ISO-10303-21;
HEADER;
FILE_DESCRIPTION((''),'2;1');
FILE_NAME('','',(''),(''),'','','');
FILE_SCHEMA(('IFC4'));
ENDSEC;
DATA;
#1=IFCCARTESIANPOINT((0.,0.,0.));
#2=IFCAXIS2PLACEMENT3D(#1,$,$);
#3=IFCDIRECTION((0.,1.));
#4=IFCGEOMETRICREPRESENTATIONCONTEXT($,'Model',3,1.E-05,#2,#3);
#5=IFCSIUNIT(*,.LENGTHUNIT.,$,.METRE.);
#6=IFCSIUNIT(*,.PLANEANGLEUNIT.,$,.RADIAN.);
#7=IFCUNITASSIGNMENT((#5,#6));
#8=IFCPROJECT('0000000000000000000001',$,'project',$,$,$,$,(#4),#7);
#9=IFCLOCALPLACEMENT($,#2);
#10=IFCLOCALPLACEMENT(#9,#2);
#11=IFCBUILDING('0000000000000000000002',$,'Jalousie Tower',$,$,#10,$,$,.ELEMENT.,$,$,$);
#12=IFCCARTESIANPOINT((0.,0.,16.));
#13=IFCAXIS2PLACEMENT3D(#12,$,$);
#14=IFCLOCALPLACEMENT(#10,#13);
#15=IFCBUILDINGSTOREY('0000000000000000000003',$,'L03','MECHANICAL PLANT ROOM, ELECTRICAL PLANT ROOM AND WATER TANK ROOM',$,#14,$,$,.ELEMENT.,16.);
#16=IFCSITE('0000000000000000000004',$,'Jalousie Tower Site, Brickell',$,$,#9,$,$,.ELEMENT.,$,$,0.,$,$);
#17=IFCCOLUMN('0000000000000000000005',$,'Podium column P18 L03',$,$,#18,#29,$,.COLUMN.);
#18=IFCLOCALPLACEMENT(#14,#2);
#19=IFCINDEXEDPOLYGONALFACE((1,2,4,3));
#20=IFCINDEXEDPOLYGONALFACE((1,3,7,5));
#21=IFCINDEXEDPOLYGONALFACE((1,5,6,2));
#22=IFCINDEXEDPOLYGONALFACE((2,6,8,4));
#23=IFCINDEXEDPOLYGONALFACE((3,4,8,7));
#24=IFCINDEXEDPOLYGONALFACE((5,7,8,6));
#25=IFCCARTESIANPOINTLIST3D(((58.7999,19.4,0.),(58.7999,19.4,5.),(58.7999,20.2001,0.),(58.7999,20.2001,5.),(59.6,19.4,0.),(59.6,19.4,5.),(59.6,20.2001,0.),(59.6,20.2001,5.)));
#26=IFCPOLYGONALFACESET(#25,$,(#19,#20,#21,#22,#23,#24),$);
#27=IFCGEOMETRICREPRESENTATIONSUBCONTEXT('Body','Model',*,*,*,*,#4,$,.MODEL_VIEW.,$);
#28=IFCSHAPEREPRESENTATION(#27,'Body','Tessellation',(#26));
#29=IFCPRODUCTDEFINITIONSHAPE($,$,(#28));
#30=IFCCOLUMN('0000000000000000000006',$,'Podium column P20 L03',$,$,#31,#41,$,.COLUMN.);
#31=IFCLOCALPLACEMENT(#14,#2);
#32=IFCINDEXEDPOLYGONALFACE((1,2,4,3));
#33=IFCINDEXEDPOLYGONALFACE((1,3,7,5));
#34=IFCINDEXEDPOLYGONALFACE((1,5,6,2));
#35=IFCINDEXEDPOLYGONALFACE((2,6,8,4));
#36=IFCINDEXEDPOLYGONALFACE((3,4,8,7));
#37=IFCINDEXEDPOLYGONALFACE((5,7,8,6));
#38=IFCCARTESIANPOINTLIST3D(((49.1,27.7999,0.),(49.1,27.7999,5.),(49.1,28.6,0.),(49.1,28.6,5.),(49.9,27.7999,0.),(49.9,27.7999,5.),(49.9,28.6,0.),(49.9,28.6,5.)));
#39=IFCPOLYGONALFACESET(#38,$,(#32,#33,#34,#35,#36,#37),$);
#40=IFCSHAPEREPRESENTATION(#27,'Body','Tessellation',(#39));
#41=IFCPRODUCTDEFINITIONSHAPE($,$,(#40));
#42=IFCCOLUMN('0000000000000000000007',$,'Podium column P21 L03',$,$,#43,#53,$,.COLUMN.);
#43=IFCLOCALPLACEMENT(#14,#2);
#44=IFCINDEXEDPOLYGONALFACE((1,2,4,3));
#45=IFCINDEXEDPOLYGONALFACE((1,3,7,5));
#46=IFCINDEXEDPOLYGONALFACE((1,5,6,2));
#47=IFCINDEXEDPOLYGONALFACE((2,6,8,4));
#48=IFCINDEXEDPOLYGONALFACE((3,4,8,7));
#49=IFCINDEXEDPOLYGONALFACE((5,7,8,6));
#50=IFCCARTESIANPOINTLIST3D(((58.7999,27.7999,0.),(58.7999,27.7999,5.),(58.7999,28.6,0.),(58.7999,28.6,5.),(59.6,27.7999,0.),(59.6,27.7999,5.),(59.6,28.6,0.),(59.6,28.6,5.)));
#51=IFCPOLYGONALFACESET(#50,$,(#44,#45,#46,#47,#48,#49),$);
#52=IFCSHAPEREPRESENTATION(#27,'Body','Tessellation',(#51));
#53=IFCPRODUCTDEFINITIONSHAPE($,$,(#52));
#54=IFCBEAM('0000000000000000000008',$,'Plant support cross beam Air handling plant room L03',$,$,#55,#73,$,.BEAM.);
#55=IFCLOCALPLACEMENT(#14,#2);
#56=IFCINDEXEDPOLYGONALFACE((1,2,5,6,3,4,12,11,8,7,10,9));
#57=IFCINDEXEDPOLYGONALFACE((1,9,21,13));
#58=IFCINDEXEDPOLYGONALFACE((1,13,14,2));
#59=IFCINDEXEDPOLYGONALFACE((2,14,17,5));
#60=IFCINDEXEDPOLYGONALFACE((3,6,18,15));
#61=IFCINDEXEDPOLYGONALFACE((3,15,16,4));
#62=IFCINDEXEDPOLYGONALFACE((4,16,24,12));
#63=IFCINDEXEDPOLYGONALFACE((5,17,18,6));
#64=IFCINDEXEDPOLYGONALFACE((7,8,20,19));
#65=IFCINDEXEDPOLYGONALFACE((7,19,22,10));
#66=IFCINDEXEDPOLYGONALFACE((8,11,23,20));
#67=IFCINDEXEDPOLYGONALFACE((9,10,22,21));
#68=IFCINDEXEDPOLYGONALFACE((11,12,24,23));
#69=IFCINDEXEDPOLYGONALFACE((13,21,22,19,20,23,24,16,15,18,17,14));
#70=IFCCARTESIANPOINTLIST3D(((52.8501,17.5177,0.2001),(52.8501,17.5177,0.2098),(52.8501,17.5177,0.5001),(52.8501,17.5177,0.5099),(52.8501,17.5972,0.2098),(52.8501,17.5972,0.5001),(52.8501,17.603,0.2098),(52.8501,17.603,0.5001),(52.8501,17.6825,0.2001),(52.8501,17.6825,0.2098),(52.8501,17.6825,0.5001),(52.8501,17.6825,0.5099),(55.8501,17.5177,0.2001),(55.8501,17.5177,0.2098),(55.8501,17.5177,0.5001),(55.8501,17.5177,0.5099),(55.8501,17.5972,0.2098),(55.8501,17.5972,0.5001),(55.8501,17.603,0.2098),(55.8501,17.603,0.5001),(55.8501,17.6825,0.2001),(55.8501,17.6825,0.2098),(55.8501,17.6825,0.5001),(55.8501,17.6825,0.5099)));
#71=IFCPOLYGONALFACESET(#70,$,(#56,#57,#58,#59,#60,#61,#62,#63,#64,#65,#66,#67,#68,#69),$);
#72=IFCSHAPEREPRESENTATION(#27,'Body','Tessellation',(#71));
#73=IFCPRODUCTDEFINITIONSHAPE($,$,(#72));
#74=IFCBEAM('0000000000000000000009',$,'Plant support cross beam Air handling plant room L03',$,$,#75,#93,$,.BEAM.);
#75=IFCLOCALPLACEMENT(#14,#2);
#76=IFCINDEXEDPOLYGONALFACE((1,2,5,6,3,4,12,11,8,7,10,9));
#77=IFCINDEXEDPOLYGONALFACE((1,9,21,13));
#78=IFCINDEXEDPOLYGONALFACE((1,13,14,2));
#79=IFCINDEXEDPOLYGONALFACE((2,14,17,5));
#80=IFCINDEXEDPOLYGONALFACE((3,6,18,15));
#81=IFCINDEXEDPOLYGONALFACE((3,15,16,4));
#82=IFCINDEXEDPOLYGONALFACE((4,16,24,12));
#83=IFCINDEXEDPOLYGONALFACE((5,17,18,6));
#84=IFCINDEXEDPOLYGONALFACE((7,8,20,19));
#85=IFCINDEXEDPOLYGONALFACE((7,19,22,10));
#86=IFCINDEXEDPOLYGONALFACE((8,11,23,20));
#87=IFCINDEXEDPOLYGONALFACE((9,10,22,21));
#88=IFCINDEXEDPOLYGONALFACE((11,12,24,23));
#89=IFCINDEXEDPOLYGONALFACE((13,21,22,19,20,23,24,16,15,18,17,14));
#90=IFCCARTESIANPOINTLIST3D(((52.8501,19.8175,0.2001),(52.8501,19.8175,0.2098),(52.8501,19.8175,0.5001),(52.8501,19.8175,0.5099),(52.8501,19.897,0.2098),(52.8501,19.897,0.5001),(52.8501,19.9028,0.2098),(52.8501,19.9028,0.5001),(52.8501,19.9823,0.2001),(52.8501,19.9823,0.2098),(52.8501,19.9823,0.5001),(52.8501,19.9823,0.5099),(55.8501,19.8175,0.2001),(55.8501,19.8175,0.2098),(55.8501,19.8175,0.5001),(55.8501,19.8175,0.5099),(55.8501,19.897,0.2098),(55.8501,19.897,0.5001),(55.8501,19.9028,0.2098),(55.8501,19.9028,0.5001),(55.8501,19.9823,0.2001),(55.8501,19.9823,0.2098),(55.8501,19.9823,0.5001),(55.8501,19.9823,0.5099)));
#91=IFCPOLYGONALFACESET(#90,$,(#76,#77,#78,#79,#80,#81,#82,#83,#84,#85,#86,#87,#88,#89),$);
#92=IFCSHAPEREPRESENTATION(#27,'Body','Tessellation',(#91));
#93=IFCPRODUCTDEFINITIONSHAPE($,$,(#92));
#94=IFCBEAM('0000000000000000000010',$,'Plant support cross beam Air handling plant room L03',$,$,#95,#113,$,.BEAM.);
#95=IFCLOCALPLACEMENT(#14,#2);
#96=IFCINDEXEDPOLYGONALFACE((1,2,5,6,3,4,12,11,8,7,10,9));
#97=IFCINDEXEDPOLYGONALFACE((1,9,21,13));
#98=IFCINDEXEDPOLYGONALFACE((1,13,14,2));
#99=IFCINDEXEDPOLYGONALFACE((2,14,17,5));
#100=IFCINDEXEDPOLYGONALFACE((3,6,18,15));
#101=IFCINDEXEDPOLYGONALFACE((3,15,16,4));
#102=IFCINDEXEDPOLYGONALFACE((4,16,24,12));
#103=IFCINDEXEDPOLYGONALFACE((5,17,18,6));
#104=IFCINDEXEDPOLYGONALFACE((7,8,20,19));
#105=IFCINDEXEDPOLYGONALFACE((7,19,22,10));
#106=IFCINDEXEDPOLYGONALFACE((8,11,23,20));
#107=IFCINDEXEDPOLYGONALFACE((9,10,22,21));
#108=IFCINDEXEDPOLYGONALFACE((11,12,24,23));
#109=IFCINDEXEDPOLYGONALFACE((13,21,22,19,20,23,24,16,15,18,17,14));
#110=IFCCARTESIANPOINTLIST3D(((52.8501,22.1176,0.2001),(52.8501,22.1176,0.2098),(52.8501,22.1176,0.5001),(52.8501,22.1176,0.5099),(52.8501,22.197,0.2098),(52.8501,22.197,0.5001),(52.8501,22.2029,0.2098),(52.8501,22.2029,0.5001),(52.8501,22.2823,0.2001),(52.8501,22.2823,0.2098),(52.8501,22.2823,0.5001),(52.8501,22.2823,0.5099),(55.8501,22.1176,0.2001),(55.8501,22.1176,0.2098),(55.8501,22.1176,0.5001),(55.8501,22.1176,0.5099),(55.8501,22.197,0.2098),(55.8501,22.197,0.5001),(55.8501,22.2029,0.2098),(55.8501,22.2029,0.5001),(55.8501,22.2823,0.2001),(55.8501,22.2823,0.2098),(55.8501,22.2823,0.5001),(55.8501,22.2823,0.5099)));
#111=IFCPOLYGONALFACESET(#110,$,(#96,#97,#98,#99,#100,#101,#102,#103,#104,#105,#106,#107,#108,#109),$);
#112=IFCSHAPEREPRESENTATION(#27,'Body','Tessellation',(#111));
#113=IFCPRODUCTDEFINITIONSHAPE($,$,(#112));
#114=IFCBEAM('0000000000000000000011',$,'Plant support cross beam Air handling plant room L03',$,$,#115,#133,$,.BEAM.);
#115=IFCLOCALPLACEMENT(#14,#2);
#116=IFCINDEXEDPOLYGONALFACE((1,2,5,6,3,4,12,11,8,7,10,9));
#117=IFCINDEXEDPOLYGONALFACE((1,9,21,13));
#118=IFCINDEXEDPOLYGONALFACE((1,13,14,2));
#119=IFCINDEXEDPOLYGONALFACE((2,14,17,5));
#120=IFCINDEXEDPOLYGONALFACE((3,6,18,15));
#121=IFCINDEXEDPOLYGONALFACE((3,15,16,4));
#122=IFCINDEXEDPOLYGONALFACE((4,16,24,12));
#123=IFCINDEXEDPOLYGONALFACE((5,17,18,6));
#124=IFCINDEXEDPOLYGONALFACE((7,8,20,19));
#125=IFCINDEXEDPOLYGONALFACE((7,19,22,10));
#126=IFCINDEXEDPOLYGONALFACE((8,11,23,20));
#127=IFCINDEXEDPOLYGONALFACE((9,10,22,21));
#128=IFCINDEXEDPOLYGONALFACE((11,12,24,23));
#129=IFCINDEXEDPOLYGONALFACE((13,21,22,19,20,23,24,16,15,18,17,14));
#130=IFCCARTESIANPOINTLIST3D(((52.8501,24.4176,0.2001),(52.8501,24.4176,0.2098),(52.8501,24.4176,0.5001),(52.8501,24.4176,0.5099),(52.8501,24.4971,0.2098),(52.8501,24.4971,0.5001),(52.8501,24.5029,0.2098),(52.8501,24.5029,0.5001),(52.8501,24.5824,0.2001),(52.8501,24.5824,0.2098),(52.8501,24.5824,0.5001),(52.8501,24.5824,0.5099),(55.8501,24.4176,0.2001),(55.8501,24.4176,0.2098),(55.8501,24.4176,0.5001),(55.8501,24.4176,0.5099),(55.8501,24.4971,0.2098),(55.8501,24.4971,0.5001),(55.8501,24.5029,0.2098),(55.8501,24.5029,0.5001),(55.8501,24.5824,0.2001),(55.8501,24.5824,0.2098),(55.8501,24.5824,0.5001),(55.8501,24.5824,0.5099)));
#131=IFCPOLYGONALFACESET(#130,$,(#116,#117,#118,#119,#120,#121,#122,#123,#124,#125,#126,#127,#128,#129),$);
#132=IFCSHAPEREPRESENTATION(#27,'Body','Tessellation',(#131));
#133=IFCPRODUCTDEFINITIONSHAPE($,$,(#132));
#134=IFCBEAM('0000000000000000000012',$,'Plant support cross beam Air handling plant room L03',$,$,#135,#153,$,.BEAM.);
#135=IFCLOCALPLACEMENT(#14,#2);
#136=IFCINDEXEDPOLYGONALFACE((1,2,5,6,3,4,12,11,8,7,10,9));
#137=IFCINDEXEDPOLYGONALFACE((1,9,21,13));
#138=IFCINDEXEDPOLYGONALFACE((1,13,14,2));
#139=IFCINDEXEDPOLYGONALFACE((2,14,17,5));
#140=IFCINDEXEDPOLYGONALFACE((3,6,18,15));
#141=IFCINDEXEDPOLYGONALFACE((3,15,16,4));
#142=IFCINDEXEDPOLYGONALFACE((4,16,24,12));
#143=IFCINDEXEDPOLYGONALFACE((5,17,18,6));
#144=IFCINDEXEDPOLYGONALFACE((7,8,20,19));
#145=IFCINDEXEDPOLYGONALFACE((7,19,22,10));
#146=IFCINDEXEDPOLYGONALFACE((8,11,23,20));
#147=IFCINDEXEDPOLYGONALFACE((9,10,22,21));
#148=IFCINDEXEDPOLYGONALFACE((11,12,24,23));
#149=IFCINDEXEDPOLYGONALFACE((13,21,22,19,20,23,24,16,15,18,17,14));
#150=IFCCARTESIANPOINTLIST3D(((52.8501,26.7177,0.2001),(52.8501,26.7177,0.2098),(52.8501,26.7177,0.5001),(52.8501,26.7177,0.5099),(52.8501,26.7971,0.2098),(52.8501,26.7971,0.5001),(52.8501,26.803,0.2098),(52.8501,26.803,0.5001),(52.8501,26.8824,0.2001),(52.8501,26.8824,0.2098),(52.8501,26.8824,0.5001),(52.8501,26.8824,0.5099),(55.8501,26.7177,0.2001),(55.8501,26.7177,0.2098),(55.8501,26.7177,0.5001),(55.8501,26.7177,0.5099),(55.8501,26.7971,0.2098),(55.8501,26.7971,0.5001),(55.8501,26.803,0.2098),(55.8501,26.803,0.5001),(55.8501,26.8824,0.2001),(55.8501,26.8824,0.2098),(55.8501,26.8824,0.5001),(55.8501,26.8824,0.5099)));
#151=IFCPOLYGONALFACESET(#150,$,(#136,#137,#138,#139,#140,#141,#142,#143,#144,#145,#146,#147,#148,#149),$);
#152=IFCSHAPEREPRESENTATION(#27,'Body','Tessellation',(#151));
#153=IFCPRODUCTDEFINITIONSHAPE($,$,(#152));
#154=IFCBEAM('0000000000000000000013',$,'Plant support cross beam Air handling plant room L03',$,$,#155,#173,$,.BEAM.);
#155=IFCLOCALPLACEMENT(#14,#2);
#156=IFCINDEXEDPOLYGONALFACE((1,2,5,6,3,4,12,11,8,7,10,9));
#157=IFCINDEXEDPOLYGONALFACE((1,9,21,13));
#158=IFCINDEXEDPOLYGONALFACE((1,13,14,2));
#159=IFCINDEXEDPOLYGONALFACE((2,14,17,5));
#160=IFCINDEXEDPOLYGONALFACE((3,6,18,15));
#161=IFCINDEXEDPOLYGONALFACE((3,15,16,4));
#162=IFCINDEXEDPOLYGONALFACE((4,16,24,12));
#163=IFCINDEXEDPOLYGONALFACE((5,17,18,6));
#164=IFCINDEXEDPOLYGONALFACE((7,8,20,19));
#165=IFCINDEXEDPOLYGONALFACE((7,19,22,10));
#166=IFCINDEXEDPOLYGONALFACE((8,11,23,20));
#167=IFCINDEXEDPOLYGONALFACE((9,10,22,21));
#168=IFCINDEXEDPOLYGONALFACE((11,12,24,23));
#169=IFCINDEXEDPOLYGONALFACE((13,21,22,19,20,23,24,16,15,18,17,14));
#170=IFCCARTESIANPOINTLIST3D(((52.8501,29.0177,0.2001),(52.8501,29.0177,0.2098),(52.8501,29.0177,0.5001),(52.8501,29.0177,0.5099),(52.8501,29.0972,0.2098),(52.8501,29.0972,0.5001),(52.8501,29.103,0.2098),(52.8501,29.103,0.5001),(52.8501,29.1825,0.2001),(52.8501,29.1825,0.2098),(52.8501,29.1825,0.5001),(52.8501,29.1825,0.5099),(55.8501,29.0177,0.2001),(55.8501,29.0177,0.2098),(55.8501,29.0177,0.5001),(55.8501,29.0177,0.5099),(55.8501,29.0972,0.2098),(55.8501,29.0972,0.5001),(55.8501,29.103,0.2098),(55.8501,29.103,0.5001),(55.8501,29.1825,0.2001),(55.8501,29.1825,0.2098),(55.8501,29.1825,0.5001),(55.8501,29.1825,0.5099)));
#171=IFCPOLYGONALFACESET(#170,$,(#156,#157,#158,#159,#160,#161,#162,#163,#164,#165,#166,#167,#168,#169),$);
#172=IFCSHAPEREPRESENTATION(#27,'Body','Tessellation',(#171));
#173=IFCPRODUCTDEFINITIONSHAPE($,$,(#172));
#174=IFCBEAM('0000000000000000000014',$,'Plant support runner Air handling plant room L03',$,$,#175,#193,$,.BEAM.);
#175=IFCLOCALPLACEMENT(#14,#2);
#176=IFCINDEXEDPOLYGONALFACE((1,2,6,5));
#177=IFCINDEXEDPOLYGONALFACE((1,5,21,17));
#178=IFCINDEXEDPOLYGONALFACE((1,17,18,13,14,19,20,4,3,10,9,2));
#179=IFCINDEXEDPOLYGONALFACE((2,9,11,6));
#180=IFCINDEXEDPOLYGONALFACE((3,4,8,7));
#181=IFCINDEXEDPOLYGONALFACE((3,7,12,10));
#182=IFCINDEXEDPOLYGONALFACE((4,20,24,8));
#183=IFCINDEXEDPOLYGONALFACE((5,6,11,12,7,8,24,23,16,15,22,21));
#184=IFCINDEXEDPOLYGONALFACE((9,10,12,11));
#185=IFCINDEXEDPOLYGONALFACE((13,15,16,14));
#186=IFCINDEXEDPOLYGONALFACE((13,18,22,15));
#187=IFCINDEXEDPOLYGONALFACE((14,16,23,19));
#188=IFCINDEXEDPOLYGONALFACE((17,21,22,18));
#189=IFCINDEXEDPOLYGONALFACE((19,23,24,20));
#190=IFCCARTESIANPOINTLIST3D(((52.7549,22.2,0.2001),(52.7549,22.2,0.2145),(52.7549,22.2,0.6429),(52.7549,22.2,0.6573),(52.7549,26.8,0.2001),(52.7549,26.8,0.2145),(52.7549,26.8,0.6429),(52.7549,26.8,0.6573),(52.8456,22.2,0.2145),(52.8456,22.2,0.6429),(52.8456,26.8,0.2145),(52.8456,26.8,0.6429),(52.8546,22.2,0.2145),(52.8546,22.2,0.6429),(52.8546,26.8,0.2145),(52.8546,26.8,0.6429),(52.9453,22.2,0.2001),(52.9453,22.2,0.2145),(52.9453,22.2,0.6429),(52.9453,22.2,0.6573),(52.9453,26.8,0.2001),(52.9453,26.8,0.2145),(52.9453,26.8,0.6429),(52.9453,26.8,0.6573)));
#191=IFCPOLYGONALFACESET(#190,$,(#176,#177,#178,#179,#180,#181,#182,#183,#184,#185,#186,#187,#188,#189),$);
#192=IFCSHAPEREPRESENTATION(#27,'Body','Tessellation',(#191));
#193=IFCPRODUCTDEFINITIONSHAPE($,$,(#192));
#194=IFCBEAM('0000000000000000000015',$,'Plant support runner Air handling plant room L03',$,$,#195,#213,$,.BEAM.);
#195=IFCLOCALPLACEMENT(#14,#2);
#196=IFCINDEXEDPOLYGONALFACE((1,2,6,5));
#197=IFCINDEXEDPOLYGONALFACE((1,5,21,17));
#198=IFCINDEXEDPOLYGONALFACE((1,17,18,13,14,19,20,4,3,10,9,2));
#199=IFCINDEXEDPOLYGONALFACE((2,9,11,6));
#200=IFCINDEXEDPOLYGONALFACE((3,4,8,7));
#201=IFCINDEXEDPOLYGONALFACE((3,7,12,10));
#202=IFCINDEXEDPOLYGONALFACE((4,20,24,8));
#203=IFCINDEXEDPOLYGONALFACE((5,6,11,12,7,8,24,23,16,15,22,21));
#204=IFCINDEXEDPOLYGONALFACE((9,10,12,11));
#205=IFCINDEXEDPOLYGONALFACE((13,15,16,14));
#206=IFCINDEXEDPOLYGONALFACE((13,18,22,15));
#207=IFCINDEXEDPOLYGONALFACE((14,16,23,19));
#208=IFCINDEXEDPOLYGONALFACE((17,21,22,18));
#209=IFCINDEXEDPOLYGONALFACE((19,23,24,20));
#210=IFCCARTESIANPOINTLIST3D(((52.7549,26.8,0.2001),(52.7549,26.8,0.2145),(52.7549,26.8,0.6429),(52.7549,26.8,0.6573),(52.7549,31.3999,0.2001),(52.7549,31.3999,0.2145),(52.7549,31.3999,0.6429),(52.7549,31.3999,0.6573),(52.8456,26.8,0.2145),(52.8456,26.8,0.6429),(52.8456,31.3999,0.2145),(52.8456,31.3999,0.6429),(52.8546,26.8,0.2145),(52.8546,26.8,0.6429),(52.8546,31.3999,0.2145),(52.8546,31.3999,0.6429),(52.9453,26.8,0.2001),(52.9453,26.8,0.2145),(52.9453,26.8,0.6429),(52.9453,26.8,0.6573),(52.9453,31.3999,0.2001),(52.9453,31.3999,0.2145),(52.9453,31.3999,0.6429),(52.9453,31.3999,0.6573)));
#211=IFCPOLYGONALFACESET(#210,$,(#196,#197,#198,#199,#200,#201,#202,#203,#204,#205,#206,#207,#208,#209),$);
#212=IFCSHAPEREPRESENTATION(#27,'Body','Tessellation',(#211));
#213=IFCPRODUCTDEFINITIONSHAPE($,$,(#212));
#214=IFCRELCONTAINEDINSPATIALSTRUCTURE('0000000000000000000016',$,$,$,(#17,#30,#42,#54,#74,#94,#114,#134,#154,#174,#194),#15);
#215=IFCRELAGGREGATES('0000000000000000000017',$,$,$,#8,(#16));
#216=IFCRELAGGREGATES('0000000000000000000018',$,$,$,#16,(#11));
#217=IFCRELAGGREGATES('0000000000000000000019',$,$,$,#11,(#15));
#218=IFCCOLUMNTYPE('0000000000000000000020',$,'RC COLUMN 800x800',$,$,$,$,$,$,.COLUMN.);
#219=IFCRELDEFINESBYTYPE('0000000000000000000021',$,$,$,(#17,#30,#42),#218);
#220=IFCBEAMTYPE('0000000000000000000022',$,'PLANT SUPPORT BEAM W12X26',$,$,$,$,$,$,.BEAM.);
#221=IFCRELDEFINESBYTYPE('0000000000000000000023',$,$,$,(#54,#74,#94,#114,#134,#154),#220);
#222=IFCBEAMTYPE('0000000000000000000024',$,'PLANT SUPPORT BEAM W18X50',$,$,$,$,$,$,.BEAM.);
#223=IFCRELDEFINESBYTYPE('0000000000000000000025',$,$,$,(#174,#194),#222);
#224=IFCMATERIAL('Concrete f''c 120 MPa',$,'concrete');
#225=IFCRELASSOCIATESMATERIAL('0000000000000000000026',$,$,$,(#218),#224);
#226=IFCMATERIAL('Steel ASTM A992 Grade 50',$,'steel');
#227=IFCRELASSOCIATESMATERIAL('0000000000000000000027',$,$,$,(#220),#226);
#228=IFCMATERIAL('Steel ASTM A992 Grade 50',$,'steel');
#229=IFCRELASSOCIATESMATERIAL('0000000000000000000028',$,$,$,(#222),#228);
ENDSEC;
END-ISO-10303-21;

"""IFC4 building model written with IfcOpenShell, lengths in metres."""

from ifc_helpers import new_model, si_unit, direction, frame, origin, origin_2d, place, context, subcontext, project, spatial, rectangle, i_section, extrude, material, material_profile, profile_set, type_object, element, save


model = new_model("IFC4")

# Units and contexts
model_context = context("Model", 3, precision=1e-05, world=origin(), true_north=direction((0.0, 1.0)))
body_context = subcontext(model_context, "Body", "Model", "MODEL_VIEW")
ifc_project = project(units=[si_unit("LENGTHUNIT", "METRE"), si_unit("PLANEANGLEUNIT", "RADIAN")], contexts=[model_context])

# Site, building, storey
site_placement = place(None, origin())
site = spatial("IfcSite", under=ifc_project, at=site_placement, Name="Jalousie Tower Site, Brickell", CompositionType="ELEMENT", RefElevation=0.0)
building_placement = place(site_placement, origin())
building = spatial("IfcBuilding", under=site, at=building_placement, Name="Jalousie Tower", CompositionType="ELEMENT")
storey_placement = place(building_placement, frame((0.0, 0.0, 16.0)))
storey = spatial("IfcBuildingStorey", under=building, at=storey_placement, Name="L03", Description="MECHANICAL PLANT ROOM, ELECTRICAL PLANT ROOM AND WATER TANK ROOM", CompositionType="ELEMENT", Elevation=16.0)

# Columns
ifc_material_1 = material(Name="Concrete f'c 120 MPa", Category="concrete")
ifc_material_profile_1 = material_profile(ifc_material_1, rectangle(XDim=0.8, YDim=0.8, at=origin_2d()), Name="RC 800x800")
ifc_profile_set_1 = profile_set([ifc_material_profile_1], Name="Concrete f'c 120 MPa")
column_type = type_object("IfcColumnType", Name="RC COLUMN 800x800", PredefinedType="COLUMN", material=ifc_profile_set_1)
for number, where, z_axis, x_axis, name in (
    (1, (59.2, 19.8, 0.0), (0.0, 0.0, 1.0), (1.0, 0.0, 0.0), "Podium column P18 L03"),
    (2, (49.5, 28.2, 0.0), (0.0, 0.0, 1.0), (1.0, 0.0, 0.0), "Podium column P20 L03"),
    (3, (59.2, 28.2, 0.0), (0.0, 0.0, 1.0), (1.0, 0.0, 0.0), "Podium column P21 L03"),
):
    element("IfcColumn", number, at=place(storey_placement, frame(where, z_axis=z_axis, x_axis=x_axis)), inside=storey, type_object=column_type, Name=name, PredefinedType="COLUMN", context=body_context, shape_type="SweptSolid", body=[
        extrude(rectangle(XDim=0.8, YDim=0.8, at=origin_2d()), origin(), (0.0, 0.0, 1.0), 5.0),
    ])

# Beams
ifc_material_2 = material(Name="Steel ASTM A992 Grade 50", Category="steel")
ifc_material_profile_2 = material_profile(ifc_material_2, i_section(OverallWidth=0.1648, OverallDepth=0.3098, WebThickness=0.0059, FlangeThickness=0.0098, at=origin_2d()), Name="W12X26")
ifc_profile_set_2 = profile_set([ifc_material_profile_2], Name="Steel ASTM A992 Grade 50")
beam_type_1 = type_object("IfcBeamType", Name="PLANT SUPPORT BEAM W12X26", PredefinedType="BEAM", material=ifc_profile_set_2)
for number, where, z_axis, x_axis, name in (
    (4, (52.8501, 17.6001, 0.355), (1.0, 0.0, 0.0), (0.0, 1.0, 0.0), "Plant support cross beam Air handling plant room L03"),
    (5, (52.8501, 19.8999, 0.355), (1.0, 0.0, 0.0), (0.0, 1.0, 0.0), "Plant support cross beam Air handling plant room L03"),
    (6, (52.8501, 22.2, 0.355), (1.0, 0.0, 0.0), (0.0, 1.0, 0.0), "Plant support cross beam Air handling plant room L03"),
    (7, (52.8501, 24.5, 0.355), (1.0, 0.0, 0.0), (0.0, 1.0, 0.0), "Plant support cross beam Air handling plant room L03"),
    (8, (52.8501, 26.8, 0.355), (1.0, 0.0, 0.0), (0.0, 1.0, 0.0), "Plant support cross beam Air handling plant room L03"),
    (9, (52.8501, 29.1001, 0.355), (1.0, 0.0, 0.0), (0.0, 1.0, 0.0), "Plant support cross beam Air handling plant room L03"),
):
    element("IfcBeam", number, at=place(storey_placement, frame(where, z_axis=z_axis, x_axis=x_axis)), inside=storey, type_object=beam_type_1, Name=name, PredefinedType="BEAM", context=body_context, shape_type="SweptSolid", body=[
        extrude(i_section(OverallWidth=0.1648, OverallDepth=0.3098, WebThickness=0.0059, FlangeThickness=0.0098, at=origin_2d()), origin(), (0.0, 0.0, 1.0), 3.0),
    ])
ifc_material_3 = material(Name="Steel ASTM A992 Grade 50", Category="steel")
ifc_material_profile_3 = material_profile(ifc_material_3, i_section(OverallWidth=0.1904, OverallDepth=0.4573, WebThickness=0.009, FlangeThickness=0.0144, at=origin_2d()), Name="W18X50")
ifc_profile_set_3 = profile_set([ifc_material_profile_3], Name="Steel ASTM A992 Grade 50")
beam_type_2 = type_object("IfcBeamType", Name="PLANT SUPPORT BEAM W18X50", PredefinedType="BEAM", material=ifc_profile_set_3)
beam_1_placement = place(storey_placement, frame((52.8501, 22.2, 0.4287), z_axis=(0.0, 1.0, 0.0), x_axis=(-1.0, 0.0, 0.0)))
element("IfcBeam", 10, at=beam_1_placement, inside=storey, type_object=beam_type_2, Name="Plant support runner Air handling plant room L03", PredefinedType="BEAM", context=body_context, shape_type="SweptSolid", body=[
    extrude(i_section(OverallWidth=0.1904, OverallDepth=0.4573, WebThickness=0.009, FlangeThickness=0.0144, at=origin_2d()), origin(), (0.0, 0.0, 1.0), 4.6001),
])
for number, where, z_axis, x_axis, name in (
    (11, (52.8501, 26.8, 0.4287), (0.0, 1.0, 0.0), (-1.0, 0.0, 0.0), "Plant support runner Air handling plant room L03"),
):
    element("IfcBeam", number, at=place(storey_placement, frame(where, z_axis=z_axis, x_axis=x_axis)), inside=storey, type_object=beam_type_2, Name=name, PredefinedType="BEAM", context=body_context, shape_type="SweptSolid", body=[
        extrude(i_section(OverallWidth=0.1904, OverallDepth=0.4573, WebThickness=0.009, FlangeThickness=0.0144, at=origin_2d()), origin(), (0.0, 0.0, 1.0), 4.5999),
    ])

save(model, "model.ifc")
